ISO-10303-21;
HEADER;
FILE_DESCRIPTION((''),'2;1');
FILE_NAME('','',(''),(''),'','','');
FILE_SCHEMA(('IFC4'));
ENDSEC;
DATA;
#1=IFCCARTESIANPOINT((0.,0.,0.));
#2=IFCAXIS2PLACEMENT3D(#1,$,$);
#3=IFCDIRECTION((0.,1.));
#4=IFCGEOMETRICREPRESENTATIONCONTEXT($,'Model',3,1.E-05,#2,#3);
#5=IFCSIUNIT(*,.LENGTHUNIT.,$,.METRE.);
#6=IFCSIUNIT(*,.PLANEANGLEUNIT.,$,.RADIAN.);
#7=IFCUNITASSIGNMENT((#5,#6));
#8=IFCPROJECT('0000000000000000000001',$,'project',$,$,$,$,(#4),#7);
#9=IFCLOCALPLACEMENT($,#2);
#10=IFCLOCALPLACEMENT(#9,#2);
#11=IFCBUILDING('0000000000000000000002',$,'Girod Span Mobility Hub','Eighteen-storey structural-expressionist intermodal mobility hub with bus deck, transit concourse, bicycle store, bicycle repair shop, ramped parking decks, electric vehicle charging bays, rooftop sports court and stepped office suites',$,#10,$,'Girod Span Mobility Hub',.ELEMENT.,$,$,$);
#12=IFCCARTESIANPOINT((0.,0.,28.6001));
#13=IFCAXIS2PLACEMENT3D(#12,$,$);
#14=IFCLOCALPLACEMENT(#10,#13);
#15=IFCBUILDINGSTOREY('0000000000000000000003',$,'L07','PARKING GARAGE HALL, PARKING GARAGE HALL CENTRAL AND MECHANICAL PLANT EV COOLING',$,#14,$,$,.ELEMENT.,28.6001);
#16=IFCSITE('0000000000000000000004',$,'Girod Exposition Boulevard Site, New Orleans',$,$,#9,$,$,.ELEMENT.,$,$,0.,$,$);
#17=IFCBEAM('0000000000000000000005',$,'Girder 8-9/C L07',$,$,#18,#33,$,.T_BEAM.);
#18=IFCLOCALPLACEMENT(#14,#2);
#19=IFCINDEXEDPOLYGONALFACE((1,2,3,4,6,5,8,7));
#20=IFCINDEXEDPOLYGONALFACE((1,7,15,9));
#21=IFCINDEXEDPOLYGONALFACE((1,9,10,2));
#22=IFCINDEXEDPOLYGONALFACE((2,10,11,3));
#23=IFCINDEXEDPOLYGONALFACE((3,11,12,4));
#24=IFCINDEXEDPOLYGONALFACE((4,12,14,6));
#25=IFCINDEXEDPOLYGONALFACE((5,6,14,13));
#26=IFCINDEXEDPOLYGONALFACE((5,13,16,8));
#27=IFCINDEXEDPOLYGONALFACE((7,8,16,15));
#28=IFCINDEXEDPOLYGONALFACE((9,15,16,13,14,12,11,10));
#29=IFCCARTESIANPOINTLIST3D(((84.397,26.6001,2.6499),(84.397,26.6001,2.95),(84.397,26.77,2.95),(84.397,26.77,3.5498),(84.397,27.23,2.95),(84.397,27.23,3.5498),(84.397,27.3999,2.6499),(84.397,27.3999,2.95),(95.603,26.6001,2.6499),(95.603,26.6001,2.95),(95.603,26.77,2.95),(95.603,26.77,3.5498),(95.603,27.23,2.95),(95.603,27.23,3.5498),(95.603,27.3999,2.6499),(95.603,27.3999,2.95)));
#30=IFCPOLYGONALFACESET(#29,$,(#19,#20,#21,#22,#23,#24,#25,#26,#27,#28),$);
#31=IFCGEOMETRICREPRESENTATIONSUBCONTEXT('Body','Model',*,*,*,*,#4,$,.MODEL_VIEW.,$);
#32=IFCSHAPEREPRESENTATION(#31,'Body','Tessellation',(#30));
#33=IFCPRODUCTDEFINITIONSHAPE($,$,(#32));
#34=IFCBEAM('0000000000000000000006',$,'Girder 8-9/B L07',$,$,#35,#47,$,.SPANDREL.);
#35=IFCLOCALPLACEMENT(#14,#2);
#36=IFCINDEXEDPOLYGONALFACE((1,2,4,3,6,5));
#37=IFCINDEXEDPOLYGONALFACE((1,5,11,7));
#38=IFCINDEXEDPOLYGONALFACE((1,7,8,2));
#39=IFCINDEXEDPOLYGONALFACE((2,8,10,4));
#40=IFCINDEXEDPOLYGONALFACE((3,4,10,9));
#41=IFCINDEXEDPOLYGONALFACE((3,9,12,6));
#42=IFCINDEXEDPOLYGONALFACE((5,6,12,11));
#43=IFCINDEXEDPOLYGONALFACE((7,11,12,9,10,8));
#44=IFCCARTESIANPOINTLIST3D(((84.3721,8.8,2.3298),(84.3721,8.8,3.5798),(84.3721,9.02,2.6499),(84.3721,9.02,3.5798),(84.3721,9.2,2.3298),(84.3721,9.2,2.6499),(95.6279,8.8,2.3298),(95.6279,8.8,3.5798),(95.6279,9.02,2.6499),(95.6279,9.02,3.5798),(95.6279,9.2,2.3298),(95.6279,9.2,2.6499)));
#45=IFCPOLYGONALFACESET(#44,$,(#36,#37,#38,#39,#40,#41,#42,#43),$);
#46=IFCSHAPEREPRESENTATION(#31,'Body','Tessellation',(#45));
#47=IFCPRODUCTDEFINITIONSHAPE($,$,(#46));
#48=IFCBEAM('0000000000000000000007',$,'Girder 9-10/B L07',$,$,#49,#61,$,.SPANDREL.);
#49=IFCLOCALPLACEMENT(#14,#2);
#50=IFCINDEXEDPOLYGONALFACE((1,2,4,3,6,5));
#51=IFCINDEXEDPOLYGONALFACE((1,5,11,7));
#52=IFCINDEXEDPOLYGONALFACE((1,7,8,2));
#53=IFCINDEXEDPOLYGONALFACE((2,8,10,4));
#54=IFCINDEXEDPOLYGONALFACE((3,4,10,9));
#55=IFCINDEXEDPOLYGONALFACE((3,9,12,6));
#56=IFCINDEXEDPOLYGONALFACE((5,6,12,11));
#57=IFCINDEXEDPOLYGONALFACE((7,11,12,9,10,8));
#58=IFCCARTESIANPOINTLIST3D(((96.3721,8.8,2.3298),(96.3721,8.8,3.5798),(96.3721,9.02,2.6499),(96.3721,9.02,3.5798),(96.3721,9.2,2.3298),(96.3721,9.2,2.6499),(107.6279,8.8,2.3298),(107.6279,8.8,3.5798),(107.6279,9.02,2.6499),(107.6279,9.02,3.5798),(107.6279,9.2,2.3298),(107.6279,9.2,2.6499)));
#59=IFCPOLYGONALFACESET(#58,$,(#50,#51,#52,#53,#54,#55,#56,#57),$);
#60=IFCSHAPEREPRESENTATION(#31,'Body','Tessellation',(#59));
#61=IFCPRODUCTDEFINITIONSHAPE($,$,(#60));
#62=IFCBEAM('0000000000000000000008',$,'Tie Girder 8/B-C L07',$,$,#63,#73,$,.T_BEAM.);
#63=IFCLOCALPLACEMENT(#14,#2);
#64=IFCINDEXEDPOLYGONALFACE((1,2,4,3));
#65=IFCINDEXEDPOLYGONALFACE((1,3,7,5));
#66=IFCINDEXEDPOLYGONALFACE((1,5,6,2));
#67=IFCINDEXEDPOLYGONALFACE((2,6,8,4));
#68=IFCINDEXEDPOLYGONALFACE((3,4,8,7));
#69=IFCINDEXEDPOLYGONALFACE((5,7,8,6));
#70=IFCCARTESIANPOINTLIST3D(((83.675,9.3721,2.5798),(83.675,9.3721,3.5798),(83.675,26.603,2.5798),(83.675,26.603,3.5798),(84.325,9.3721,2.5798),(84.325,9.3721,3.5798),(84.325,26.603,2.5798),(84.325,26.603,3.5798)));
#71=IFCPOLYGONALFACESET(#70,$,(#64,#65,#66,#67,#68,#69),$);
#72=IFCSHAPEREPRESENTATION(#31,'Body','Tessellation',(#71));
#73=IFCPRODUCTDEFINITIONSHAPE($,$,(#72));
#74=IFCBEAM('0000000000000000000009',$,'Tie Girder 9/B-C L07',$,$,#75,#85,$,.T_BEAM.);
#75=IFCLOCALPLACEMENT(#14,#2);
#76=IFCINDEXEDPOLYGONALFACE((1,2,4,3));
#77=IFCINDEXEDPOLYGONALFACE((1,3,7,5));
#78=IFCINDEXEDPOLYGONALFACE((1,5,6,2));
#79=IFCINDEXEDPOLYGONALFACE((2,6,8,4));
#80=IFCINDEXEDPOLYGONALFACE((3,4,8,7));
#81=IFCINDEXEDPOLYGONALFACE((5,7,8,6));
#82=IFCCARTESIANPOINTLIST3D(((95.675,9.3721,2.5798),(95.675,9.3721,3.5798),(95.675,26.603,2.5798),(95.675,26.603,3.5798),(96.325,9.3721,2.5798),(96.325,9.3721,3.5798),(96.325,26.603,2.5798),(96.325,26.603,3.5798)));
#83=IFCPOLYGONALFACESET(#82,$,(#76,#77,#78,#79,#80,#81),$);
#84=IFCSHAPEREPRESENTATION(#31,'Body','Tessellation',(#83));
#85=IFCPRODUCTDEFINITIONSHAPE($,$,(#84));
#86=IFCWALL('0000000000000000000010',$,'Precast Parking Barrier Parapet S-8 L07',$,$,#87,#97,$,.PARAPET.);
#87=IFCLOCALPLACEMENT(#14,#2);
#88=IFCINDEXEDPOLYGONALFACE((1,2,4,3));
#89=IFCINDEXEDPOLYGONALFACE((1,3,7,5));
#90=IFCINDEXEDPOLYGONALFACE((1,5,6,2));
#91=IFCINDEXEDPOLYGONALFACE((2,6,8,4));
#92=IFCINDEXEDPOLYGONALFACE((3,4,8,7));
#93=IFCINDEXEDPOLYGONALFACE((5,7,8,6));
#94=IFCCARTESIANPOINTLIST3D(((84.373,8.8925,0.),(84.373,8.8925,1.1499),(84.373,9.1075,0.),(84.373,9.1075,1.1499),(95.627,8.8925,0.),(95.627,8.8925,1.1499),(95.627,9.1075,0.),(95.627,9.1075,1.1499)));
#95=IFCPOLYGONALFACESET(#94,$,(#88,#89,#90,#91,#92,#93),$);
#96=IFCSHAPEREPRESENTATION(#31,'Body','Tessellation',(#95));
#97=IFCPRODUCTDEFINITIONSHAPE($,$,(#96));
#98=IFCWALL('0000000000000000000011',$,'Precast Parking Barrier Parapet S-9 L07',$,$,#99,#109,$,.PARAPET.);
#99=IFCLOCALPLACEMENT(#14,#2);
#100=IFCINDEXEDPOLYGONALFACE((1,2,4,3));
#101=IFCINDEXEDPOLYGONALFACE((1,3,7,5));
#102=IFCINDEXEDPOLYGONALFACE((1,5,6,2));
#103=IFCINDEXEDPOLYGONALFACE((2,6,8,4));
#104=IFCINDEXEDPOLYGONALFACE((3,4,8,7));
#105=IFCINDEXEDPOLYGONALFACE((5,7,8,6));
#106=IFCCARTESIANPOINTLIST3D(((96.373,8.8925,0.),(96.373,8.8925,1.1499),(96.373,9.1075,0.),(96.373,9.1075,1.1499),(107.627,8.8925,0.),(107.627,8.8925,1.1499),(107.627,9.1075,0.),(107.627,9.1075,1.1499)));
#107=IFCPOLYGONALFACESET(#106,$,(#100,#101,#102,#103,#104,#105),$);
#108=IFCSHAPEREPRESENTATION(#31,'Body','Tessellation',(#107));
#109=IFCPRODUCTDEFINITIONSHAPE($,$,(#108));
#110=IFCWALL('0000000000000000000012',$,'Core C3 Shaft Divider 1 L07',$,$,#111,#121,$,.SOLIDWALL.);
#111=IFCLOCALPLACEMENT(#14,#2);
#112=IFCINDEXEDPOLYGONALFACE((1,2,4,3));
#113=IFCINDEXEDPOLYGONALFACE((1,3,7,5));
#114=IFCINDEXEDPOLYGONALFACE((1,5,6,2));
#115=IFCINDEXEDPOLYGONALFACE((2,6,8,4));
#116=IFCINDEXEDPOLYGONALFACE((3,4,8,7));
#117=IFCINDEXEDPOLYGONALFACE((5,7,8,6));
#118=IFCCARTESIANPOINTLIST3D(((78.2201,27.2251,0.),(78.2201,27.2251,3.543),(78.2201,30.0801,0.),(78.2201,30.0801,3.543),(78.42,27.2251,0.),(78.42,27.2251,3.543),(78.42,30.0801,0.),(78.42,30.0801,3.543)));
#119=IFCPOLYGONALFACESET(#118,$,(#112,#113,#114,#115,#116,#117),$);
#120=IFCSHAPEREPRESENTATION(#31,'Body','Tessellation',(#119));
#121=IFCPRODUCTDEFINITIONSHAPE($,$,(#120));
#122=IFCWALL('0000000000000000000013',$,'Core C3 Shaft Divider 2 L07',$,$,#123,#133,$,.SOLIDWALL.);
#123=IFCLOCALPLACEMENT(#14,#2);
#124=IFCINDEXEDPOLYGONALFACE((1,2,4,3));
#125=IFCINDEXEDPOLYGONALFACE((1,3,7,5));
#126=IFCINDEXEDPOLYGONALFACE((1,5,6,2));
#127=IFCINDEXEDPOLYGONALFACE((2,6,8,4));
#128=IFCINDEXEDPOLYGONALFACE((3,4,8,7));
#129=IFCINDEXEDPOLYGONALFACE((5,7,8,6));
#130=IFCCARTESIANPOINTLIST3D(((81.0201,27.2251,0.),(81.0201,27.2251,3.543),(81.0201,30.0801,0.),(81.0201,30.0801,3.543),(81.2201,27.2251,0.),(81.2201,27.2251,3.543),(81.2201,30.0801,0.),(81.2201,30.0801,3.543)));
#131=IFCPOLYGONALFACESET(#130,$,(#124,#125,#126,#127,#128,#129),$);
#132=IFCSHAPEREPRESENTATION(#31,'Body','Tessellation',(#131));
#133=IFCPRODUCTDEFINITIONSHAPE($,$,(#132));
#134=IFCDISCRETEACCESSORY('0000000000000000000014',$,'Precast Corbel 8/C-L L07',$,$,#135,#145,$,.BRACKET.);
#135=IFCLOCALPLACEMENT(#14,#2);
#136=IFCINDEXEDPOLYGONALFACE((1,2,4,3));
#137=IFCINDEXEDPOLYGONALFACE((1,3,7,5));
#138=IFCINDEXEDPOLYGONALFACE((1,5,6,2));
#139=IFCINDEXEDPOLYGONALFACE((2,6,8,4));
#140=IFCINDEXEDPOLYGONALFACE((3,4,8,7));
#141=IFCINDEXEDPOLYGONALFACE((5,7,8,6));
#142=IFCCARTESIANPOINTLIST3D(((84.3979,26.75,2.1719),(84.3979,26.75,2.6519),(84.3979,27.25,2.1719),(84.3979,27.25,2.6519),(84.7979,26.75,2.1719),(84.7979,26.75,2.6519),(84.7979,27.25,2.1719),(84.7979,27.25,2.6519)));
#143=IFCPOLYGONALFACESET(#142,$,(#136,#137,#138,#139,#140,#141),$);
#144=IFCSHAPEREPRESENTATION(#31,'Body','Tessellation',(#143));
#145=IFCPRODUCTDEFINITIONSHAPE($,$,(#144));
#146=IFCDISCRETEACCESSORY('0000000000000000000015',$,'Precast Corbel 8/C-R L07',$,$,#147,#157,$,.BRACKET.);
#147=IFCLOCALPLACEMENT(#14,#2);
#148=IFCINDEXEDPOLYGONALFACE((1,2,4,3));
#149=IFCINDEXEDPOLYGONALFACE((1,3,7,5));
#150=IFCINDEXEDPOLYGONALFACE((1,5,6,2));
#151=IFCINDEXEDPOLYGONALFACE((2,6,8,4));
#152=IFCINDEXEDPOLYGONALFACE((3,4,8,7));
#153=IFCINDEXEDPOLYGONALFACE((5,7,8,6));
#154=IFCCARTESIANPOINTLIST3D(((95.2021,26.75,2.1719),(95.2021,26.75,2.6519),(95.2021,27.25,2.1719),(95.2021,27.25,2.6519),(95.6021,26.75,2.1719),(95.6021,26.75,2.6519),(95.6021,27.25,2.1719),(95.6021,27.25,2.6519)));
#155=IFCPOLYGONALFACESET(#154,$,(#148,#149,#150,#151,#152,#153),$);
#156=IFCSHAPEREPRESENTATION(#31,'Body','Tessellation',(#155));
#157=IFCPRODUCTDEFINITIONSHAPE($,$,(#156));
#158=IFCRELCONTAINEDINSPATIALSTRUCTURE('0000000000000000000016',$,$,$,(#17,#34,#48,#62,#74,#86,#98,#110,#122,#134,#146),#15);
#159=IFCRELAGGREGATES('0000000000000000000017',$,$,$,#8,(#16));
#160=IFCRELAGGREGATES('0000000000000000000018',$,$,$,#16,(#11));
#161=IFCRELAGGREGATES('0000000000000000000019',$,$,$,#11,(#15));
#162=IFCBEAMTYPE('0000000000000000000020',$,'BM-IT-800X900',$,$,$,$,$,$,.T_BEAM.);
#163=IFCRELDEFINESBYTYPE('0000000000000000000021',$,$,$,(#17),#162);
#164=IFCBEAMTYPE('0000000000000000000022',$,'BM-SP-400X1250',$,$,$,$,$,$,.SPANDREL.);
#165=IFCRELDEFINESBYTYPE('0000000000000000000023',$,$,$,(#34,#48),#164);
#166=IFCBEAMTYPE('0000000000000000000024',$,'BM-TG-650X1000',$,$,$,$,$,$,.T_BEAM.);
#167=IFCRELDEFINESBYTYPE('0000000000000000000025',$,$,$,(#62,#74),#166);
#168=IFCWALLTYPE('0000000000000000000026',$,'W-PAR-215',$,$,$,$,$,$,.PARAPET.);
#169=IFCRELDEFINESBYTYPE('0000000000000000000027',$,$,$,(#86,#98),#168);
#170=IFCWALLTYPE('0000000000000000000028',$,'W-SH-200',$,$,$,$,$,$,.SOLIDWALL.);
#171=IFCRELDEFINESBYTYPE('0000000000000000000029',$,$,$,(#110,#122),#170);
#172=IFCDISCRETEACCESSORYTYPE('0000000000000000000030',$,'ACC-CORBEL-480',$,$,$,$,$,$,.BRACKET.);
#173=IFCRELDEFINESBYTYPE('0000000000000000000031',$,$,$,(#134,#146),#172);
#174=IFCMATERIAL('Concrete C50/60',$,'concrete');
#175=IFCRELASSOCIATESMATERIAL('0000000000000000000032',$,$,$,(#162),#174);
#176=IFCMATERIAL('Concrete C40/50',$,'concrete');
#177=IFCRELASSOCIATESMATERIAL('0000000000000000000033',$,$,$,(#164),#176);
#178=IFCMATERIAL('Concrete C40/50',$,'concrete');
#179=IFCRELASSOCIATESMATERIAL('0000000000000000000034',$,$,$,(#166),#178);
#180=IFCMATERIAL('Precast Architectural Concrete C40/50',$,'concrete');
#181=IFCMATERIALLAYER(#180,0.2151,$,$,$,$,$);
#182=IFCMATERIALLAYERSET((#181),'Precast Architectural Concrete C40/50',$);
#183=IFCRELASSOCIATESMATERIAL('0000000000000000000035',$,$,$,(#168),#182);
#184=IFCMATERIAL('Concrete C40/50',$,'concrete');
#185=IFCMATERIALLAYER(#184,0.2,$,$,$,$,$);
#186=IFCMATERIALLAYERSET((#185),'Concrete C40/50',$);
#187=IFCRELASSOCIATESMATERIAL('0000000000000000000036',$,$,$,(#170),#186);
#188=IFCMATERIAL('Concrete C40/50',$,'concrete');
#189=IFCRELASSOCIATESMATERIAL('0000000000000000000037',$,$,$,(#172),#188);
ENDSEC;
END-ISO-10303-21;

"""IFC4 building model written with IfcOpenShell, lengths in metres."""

from ifc_helpers import new_model, si_unit, direction, frame, frame_2d, origin, origin_2d, place, context, subcontext, project, spatial, polyline, rectangle, outline, extrude, material, layer, layer_set, material_profile, profile_set, type_object, element, save


model = new_model("IFC4")

# Units and contexts
model_context = context("Model", 3, precision=1e-05, world=origin(), true_north=direction((0.0, 1.0)))
body_context = subcontext(model_context, "Body", "Model", "MODEL_VIEW")
ifc_project = project(units=[si_unit("LENGTHUNIT", "METRE"), si_unit("PLANEANGLEUNIT", "RADIAN")], contexts=[model_context])

# Site, building, storey
site_placement = place(None, origin())
site = spatial("IfcSite", under=ifc_project, at=site_placement, Name="Girod Exposition Boulevard Site, New Orleans", CompositionType="ELEMENT", RefElevation=0.0)
building_placement = place(site_placement, origin())
building = spatial("IfcBuilding", under=site, at=building_placement, Name="Girod Span Mobility Hub", Description="Eighteen-storey structural-expressionist intermodal mobility hub with bus deck, transit concourse, bicycle store, bicycle repair shop, ramped parking decks, electric vehicle charging bays, rooftop sports court and stepped office suites", LongName="Girod Span Mobility Hub", CompositionType="ELEMENT")
storey_placement = place(building_placement, frame((0.0, 0.0, 28.6001)))
storey = spatial("IfcBuildingStorey", under=building, at=storey_placement, Name="L07", Description="PARKING GARAGE HALL, PARKING GARAGE HALL CENTRAL AND MECHANICAL PLANT EV COOLING", CompositionType="ELEMENT", Elevation=28.6001)

# Beams
ifc_material_1 = material(Name="Concrete C50/60", Category="concrete")
ifc_material_profile_1 = material_profile(ifc_material_1, outline(polyline([(-0.3999, -0.45), (0.3999, -0.45), (0.3999, -0.1499), (0.23, -0.1499), (0.23, 0.45), (-0.23, 0.45), (-0.23, -0.1499), (-0.3999, -0.1499), (-0.3999, -0.45)])), Name="IT-800X900")
ifc_profile_set_1 = profile_set([ifc_material_profile_1], Name="Concrete C50/60")
beam_type_1 = type_object("IfcBeamType", Name="BM-IT-800X900", PredefinedType="T_BEAM", material=ifc_profile_set_1)
beam_1_placement = place(storey_placement, frame((84.397, 27.0, 3.0999), z_axis=(1.0, 0.0, 0.0), x_axis=(0.0, 1.0, 0.0)))
element("IfcBeam", 1, at=beam_1_placement, inside=storey, type_object=beam_type_1, Name="Girder 8-9/C L07", PredefinedType="T_BEAM", context=body_context, shape_type="SweptSolid", body=[
    extrude(outline(polyline([(-0.3999, -0.45), (0.3999, -0.45), (0.3999, -0.1499), (0.23, -0.1499), (0.23, 0.45), (-0.23, 0.45), (-0.23, -0.1499), (-0.3999, -0.1499), (-0.3999, -0.45)])), origin(), (0.0, 0.0, 1.0), 11.2061),
])
ifc_material_2 = material(Name="Concrete C40/50", Category="concrete")
ifc_material_profile_2 = material_profile(ifc_material_2, outline(polyline([(-0.2, -0.625), (0.2, -0.625), (0.2, -0.3049), (0.02, -0.3049), (0.02, 0.625), (-0.2, 0.625), (-0.2, -0.625)])), Name="SP-400X1250")
ifc_profile_set_2 = profile_set([ifc_material_profile_2], Name="Concrete C40/50")
beam_type_2 = type_object("IfcBeamType", Name="BM-SP-400X1250", PredefinedType="SPANDREL", material=ifc_profile_set_2)
for number, where, z_axis, x_axis, name in (
    (2, (84.3721, 9.0, 2.9548), (1.0, 0.0, 0.0), (0.0, 1.0, 0.0), "Girder 8-9/B L07"),
    (3, (96.3721, 9.0, 2.9548), (1.0, 0.0, 0.0), (0.0, 1.0, 0.0), "Girder 9-10/B L07"),
):
    element("IfcBeam", number, at=place(storey_placement, frame(where, z_axis=z_axis, x_axis=x_axis)), inside=storey, type_object=beam_type_2, Name=name, PredefinedType="SPANDREL", context=body_context, shape_type="SweptSolid", body=[
        extrude(outline(polyline([(-0.2, -0.625), (0.2, -0.625), (0.2, -0.3049), (0.02, -0.3049), (0.02, 0.625), (-0.2, 0.625), (-0.2, -0.625)])), origin(), (0.0, 0.0, 1.0), 11.2559),
    ])
ifc_material_3 = material(Name="Concrete C40/50", Category="concrete")
ifc_material_profile_3 = material_profile(ifc_material_3, rectangle(XDim=0.6499, YDim=1.0, at=origin_2d()), Name="TG-650X1000")
ifc_profile_set_3 = profile_set([ifc_material_profile_3], Name="Concrete C40/50")
beam_type_3 = type_object("IfcBeamType", Name="BM-TG-650X1000", PredefinedType="T_BEAM", material=ifc_profile_set_3)
for number, where, z_axis, x_axis, name in (
    (4, (84.0, 9.3721, 3.0798), (0.0, 1.0, 0.0), (-1.0, 0.0, 0.0), "Tie Girder 8/B-C L07"),
    (5, (96.0, 9.3721, 3.0798), (0.0, 1.0, 0.0), (-1.0, 0.0, 0.0), "Tie Girder 9/B-C L07"),
):
    element("IfcBeam", number, at=place(storey_placement, frame(where, z_axis=z_axis, x_axis=x_axis)), inside=storey, type_object=beam_type_3, Name=name, PredefinedType="T_BEAM", context=body_context, shape_type="SweptSolid", body=[
        extrude(rectangle(XDim=0.6499, YDim=1.0, at=origin_2d()), origin(), (0.0, 0.0, 1.0), 17.231),
    ])

# Walls
ifc_material_4 = material(Name="Precast Architectural Concrete C40/50", Category="concrete")
ifc_layer_1 = layer(ifc_material_4, 0.2151)
ifc_layer_set_1 = layer_set([ifc_layer_1], Name="Precast Architectural Concrete C40/50")
wall_type_1 = type_object("IfcWallType", Name="W-PAR-215", PredefinedType="PARAPET", material=ifc_layer_set_1)
for number, where, z_axis, x_axis, name in (
    (6, (84.373, 9.0, 0.0), (0.0, 0.0, 1.0), (1.0, 0.0, 0.0), "Precast Parking Barrier Parapet S-8 L07"),
    (7, (96.373, 9.0, 0.0), (0.0, 0.0, 1.0), (1.0, 0.0, 0.0), "Precast Parking Barrier Parapet S-9 L07"),
):
    element("IfcWall", number, at=place(storey_placement, frame(where, z_axis=z_axis, x_axis=x_axis)), inside=storey, type_object=wall_type_1, Name=name, PredefinedType="PARAPET", context=body_context, shape_type="SweptSolid", body=[
        extrude(rectangle(XDim=11.2539, YDim=0.2151, at=frame_2d((5.627, 0.0))), origin(), (0.0, 0.0, 1.0), 1.1499),
    ])
ifc_material_5 = material(Name="Concrete C40/50", Category="concrete")
ifc_layer_2 = layer(ifc_material_5, 0.2)
ifc_layer_set_2 = layer_set([ifc_layer_2], Name="Concrete C40/50")
wall_type_2 = type_object("IfcWallType", Name="W-SH-200", PredefinedType="SOLIDWALL", material=ifc_layer_set_2)
for number, where, z_axis, x_axis, name in (
    (8, (78.3201, 27.2251, 0.0), (0.0, 0.0, 1.0), (0.0, 1.0, 0.0), "Core C3 Shaft Divider 1 L07"),
    (9, (81.1201, 27.2251, 0.0), (0.0, 0.0, 1.0), (0.0, 1.0, 0.0), "Core C3 Shaft Divider 2 L07"),
):
    element("IfcWall", number, at=place(storey_placement, frame(where, z_axis=z_axis, x_axis=x_axis)), inside=storey, type_object=wall_type_2, Name=name, PredefinedType="SOLIDWALL", context=body_context, shape_type="SweptSolid", body=[
        extrude(rectangle(XDim=2.855, YDim=0.2, at=frame_2d((1.4275, 0.0))), origin(), (0.0, 0.0, 1.0), 3.543),
    ])

# Discrete accessories
ifc_material_6 = material(Name="Concrete C40/50", Category="concrete")
discrete_accessory_type = type_object("IfcDiscreteAccessoryType", Name="ACC-CORBEL-480", PredefinedType="BRACKET", material=ifc_material_6)
for number, where, z_axis, x_axis, name in (
    (10, (84.5979, 27.0, 2.1719), (0.0, 0.0, 1.0), (1.0, 0.0, 0.0), "Precast Corbel 8/C-L L07"),
    (11, (95.4021, 27.0, 2.1719), (0.0, 0.0, 1.0), (1.0, 0.0, 0.0), "Precast Corbel 8/C-R L07"),
):
    element("IfcDiscreteAccessory", number, at=place(storey_placement, frame(where, z_axis=z_axis, x_axis=x_axis)), inside=storey, type_object=discrete_accessory_type, Name=name, PredefinedType="BRACKET", context=body_context, shape_type="SweptSolid", body=[
        extrude(rectangle(XDim=0.3999, YDim=0.5, at=origin_2d()), origin(), (0.0, 0.0, 1.0), 0.48),
    ])

save(model, "model.ifc")
